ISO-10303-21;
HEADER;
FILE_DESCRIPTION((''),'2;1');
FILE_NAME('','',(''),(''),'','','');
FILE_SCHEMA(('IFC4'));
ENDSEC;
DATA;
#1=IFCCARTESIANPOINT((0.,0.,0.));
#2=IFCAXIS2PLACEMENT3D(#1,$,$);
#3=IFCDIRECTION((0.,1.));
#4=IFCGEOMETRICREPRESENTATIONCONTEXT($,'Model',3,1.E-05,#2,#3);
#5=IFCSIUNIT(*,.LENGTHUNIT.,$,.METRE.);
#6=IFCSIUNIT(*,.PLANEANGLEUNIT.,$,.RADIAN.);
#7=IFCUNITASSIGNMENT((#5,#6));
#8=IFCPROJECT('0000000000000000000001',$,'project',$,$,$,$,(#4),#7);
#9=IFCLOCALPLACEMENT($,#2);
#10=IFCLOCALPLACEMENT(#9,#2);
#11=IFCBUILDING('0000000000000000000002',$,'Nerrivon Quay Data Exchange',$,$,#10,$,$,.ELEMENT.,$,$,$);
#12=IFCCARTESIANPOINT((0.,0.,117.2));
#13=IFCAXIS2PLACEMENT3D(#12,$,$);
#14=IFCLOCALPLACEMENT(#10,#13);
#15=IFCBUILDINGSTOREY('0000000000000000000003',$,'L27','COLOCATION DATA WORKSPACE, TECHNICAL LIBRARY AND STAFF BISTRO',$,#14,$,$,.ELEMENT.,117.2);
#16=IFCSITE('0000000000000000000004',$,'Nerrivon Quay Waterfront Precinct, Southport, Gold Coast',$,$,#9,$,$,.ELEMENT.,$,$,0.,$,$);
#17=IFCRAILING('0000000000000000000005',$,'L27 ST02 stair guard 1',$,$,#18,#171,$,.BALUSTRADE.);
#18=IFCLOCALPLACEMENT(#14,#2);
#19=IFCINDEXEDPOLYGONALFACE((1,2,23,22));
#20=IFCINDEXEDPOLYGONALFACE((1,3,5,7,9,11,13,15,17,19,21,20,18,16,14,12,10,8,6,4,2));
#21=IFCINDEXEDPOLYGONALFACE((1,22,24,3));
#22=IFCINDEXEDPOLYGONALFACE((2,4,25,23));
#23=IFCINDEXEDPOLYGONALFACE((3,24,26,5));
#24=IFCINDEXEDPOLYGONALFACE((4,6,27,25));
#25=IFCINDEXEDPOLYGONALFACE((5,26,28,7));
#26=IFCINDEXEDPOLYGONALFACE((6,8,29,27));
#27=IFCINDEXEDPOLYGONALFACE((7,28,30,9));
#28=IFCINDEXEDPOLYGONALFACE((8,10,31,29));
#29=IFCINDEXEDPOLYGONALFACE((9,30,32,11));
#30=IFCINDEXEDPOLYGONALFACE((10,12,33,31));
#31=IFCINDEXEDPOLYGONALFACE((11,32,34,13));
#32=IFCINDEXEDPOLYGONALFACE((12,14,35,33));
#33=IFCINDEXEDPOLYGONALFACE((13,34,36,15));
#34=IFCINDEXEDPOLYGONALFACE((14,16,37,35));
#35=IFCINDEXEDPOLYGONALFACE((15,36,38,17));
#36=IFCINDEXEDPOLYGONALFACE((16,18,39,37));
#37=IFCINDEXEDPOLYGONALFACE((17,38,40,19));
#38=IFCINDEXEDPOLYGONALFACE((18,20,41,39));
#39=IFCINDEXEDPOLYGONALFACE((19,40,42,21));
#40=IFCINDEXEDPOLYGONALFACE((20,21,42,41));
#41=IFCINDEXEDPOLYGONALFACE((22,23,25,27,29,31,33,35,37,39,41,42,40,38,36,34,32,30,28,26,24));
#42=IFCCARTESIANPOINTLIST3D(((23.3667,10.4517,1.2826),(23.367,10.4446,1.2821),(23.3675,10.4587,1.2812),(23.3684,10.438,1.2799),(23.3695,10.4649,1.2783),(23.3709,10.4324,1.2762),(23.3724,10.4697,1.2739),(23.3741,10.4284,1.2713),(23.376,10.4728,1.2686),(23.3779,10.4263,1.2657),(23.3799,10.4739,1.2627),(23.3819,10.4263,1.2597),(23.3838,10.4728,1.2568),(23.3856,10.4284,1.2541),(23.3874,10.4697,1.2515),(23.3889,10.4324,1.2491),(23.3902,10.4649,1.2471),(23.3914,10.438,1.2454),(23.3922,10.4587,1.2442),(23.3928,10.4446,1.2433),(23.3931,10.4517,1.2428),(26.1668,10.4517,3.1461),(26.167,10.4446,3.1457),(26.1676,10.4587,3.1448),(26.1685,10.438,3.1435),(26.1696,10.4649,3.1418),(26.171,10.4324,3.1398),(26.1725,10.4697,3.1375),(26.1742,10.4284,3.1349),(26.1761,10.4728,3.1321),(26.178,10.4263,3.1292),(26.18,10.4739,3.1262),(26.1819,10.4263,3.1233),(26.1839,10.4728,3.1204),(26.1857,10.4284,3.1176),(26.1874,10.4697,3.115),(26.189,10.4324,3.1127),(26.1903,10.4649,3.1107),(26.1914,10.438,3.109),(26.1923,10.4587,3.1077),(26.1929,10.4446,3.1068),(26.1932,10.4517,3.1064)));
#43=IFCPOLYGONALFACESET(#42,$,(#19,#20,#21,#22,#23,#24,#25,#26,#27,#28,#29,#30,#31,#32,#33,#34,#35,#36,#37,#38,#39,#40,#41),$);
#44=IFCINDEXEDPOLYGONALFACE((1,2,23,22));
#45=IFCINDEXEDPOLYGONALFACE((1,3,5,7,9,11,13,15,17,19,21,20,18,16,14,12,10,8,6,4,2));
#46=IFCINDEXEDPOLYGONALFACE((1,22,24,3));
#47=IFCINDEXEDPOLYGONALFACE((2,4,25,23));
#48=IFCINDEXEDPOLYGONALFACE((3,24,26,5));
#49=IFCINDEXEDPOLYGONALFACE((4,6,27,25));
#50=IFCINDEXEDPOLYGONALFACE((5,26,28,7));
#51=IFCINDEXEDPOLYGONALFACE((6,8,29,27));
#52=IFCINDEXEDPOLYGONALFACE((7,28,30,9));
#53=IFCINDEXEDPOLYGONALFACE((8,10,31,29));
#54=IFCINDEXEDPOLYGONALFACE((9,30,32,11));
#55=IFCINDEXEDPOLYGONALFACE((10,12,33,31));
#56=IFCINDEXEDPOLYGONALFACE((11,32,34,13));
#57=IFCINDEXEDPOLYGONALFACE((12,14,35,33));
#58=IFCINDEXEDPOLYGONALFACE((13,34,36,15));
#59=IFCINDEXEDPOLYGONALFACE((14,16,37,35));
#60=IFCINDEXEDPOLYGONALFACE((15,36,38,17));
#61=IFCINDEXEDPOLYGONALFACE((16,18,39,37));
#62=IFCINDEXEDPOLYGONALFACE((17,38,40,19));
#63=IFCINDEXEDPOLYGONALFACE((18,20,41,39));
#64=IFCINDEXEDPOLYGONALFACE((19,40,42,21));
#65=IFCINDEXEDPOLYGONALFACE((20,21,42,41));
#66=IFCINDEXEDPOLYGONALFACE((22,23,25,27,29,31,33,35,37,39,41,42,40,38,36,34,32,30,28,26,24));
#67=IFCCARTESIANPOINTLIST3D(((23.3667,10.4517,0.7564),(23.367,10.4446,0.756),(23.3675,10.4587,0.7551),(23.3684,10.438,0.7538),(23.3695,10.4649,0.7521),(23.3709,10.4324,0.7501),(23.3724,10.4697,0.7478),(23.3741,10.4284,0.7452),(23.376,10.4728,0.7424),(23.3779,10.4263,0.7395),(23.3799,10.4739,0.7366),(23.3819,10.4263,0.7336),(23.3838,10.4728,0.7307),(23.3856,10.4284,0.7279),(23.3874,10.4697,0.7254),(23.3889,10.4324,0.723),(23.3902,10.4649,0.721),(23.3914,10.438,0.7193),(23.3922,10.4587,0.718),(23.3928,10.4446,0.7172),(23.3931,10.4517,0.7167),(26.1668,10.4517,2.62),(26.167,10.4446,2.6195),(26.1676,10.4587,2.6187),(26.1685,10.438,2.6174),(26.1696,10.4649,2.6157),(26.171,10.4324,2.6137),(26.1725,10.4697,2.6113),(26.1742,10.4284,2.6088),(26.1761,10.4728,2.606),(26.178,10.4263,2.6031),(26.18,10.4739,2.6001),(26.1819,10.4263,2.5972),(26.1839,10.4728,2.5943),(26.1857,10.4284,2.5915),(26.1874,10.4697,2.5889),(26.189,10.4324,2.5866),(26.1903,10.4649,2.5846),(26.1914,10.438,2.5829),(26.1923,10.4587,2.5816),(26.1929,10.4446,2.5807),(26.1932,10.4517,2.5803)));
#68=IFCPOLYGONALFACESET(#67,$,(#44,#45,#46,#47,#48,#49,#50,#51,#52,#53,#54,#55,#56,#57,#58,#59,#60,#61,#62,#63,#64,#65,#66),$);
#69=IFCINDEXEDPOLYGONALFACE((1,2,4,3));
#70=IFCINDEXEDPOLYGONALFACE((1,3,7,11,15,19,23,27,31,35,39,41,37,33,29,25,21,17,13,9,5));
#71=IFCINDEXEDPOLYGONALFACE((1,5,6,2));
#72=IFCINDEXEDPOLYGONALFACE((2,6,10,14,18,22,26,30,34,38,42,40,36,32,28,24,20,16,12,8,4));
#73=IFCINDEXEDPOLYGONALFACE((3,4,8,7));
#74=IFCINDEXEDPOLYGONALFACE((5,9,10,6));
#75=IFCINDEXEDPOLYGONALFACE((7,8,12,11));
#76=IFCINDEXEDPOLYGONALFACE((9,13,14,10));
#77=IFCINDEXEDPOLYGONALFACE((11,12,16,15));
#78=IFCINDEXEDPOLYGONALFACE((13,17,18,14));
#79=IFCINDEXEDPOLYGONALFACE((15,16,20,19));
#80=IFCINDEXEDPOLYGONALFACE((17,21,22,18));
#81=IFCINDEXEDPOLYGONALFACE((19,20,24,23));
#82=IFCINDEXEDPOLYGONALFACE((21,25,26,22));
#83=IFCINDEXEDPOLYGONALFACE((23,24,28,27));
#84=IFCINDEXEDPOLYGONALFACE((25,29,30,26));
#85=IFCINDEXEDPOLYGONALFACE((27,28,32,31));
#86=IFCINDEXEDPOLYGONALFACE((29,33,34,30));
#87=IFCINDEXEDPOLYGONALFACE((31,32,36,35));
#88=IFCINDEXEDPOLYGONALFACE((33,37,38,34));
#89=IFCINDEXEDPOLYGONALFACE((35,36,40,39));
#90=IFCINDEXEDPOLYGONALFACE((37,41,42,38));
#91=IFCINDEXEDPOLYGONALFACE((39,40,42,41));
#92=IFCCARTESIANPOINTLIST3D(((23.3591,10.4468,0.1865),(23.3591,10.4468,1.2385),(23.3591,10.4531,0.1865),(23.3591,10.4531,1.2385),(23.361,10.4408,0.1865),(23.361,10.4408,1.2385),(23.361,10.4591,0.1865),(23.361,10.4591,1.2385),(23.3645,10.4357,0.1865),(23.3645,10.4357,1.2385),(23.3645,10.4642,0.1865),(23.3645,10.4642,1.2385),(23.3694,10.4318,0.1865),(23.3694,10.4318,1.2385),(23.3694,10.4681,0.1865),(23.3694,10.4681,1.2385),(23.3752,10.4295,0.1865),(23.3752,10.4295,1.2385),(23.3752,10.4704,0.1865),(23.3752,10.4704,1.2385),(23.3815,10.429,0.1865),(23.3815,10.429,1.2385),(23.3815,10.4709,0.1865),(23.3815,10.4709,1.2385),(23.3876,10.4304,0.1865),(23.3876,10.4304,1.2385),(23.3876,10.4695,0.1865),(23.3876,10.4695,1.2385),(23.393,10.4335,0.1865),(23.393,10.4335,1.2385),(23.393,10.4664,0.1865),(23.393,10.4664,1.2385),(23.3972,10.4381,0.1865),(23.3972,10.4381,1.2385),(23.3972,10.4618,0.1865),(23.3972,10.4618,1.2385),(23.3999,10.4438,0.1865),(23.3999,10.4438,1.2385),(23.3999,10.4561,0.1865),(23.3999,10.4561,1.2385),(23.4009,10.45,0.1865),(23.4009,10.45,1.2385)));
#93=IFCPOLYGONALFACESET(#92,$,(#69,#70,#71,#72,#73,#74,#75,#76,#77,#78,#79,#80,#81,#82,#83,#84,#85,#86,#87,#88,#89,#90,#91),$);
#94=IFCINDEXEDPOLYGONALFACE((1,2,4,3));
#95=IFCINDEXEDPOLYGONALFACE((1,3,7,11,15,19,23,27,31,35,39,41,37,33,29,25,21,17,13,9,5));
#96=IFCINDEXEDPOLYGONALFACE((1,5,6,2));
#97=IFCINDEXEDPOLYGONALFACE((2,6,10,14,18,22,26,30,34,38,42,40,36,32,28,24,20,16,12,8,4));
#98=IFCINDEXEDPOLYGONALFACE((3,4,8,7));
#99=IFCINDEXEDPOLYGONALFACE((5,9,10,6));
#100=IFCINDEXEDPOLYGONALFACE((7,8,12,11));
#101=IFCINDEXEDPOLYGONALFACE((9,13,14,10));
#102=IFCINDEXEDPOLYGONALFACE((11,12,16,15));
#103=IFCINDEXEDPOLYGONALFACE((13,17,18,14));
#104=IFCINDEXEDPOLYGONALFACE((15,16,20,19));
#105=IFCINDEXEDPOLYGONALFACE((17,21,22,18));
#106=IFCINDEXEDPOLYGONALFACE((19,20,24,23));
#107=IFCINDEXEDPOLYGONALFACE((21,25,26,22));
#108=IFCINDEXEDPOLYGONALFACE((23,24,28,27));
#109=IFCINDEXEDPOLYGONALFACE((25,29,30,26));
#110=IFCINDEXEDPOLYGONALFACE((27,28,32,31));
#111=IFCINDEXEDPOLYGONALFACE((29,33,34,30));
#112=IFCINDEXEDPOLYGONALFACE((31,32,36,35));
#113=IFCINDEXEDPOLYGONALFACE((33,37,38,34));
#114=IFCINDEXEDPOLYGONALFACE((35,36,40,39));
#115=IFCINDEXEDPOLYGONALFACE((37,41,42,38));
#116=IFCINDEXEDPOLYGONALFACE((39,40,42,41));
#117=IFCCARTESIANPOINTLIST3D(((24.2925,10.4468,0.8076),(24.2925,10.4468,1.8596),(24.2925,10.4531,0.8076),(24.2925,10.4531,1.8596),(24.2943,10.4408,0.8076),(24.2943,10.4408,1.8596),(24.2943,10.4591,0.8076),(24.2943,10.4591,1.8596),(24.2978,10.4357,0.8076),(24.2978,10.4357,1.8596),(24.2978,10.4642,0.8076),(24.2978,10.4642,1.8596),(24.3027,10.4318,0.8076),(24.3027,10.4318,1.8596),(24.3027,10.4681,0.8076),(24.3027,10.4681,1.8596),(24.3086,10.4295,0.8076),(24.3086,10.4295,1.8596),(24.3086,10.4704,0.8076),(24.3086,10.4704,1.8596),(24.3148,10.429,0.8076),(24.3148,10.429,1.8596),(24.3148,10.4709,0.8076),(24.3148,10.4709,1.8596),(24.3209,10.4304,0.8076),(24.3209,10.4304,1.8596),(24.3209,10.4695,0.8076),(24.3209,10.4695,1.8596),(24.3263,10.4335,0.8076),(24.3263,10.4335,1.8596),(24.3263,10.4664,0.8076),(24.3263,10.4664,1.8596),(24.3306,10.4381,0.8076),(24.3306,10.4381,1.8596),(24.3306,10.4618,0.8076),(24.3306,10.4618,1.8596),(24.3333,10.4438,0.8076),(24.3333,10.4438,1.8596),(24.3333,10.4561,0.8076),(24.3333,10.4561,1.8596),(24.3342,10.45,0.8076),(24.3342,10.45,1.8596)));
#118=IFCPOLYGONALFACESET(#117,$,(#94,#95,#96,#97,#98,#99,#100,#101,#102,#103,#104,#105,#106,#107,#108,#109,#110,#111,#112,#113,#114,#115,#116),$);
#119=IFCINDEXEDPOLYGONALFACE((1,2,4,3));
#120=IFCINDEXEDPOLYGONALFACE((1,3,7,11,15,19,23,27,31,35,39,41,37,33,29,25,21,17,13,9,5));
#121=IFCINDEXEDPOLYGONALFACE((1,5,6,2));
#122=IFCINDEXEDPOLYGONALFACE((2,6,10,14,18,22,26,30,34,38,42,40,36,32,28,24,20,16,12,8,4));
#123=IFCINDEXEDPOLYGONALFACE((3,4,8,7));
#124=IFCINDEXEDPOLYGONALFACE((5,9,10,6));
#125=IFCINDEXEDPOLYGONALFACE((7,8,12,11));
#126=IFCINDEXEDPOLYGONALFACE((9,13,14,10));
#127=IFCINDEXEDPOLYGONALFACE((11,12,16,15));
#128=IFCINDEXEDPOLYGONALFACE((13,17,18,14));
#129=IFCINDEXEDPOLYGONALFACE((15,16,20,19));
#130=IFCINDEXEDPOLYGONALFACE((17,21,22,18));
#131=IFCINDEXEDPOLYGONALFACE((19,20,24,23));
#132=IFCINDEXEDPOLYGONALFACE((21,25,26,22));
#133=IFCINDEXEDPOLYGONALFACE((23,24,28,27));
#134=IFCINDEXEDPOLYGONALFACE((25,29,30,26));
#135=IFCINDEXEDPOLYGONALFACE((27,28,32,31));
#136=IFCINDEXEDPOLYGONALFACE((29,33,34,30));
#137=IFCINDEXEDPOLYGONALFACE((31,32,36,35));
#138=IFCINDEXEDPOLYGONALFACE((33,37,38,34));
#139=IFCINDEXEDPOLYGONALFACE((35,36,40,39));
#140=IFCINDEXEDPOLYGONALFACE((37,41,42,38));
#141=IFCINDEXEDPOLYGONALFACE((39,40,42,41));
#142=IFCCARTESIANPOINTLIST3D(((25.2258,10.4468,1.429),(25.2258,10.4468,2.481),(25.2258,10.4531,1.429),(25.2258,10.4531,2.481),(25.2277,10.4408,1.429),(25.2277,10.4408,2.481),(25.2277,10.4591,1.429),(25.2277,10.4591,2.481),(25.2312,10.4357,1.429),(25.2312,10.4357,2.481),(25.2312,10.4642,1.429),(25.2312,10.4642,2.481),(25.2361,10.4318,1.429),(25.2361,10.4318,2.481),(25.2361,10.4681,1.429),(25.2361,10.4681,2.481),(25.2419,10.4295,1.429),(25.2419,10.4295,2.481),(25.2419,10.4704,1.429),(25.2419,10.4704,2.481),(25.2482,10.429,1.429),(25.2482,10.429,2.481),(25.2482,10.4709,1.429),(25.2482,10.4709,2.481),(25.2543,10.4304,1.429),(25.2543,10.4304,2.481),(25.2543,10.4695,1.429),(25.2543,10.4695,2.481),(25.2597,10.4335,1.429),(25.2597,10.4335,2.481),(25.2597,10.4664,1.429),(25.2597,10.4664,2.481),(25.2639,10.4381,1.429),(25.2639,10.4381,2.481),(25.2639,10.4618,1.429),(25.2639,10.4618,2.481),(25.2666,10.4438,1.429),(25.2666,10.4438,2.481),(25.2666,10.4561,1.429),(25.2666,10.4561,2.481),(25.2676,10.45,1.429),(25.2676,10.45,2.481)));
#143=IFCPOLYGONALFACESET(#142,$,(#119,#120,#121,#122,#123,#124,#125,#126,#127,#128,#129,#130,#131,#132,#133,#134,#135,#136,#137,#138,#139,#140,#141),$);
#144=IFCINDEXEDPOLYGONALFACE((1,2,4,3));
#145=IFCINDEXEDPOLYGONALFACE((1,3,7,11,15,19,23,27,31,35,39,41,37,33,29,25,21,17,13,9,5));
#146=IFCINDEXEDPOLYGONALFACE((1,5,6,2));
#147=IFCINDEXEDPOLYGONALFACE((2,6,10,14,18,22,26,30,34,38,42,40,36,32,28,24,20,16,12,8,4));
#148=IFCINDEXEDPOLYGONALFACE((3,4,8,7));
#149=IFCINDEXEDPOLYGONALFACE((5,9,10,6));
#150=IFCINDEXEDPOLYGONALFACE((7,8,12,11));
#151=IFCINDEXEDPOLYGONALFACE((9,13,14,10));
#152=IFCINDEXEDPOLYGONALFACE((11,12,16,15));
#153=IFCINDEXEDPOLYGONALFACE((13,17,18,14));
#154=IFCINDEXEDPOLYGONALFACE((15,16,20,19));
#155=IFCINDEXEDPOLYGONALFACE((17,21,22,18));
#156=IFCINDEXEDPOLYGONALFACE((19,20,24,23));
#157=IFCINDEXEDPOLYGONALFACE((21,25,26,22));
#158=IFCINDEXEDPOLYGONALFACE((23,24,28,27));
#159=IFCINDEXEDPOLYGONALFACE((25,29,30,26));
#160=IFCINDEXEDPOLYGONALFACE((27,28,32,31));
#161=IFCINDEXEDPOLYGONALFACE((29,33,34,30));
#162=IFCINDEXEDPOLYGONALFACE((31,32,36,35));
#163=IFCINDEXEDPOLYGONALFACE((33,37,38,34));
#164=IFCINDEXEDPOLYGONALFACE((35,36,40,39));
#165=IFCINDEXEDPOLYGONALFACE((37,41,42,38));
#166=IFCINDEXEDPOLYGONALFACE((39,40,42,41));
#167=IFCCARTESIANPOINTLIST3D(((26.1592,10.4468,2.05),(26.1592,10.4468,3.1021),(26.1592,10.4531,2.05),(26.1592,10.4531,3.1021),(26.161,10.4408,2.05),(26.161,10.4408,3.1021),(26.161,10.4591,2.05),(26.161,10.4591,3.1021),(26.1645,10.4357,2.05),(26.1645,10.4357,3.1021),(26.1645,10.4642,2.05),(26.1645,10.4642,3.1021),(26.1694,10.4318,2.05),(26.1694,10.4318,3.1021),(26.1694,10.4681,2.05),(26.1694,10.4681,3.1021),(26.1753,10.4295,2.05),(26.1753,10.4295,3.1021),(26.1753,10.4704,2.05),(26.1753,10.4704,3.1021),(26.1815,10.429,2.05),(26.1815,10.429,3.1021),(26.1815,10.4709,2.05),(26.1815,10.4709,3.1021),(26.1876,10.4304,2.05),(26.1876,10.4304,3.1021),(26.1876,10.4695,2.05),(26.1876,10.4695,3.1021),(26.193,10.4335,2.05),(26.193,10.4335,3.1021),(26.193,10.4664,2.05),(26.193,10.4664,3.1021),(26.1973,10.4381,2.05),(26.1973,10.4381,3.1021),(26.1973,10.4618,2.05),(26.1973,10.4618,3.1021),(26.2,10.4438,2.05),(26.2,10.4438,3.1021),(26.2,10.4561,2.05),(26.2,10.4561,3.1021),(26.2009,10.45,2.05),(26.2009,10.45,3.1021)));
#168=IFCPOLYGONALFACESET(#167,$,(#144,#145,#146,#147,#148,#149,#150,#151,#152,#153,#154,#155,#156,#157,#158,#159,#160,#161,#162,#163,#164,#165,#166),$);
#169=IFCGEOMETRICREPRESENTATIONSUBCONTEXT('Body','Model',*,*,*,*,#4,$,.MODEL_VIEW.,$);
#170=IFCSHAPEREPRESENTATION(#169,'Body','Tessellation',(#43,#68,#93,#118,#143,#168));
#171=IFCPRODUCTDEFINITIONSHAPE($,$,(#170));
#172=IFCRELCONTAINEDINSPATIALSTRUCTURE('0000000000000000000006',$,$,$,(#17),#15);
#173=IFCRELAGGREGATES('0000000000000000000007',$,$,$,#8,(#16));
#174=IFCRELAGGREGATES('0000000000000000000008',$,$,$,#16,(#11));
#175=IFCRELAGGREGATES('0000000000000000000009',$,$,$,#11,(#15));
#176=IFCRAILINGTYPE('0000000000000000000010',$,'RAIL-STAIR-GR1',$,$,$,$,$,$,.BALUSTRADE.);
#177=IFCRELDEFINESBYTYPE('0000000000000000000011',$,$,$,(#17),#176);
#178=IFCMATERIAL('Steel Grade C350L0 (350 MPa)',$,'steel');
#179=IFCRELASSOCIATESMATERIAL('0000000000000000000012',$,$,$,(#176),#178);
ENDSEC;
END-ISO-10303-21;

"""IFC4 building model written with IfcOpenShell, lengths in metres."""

from ifc_helpers import new_model, si_unit, direction, frame, origin, origin_2d, place, context, subcontext, project, spatial, circle, extrude, material, type_object, element, save


model = new_model("IFC4")

# Units and contexts
model_context = context("Model", 3, precision=1e-05, world=origin(), true_north=direction((0.0, 1.0)))
body_context = subcontext(model_context, "Body", "Model", "MODEL_VIEW")
ifc_project = project(units=[si_unit("LENGTHUNIT", "METRE"), si_unit("PLANEANGLEUNIT", "RADIAN")], contexts=[model_context])

# Site, building, storey
site_placement = place(None, origin())
site = spatial("IfcSite", under=ifc_project, at=site_placement, Name="Nerrivon Quay Waterfront Precinct, Southport, Gold Coast", CompositionType="ELEMENT", RefElevation=0.0)
building_placement = place(site_placement, origin())
building = spatial("IfcBuilding", under=site, at=building_placement, Name="Nerrivon Quay Data Exchange", CompositionType="ELEMENT")
storey_placement = place(building_placement, frame((0.0, 0.0, 117.2)))
storey = spatial("IfcBuildingStorey", under=building, at=storey_placement, Name="L27", Description="COLOCATION DATA WORKSPACE, TECHNICAL LIBRARY AND STAFF BISTRO", CompositionType="ELEMENT", Elevation=117.2)

# Railing
ifc_material_1 = material(Name="Steel Grade C350L0 (350 MPa)", Category="steel")
railing_type_1 = type_object("IfcRailingType", Name="RAIL-STAIR-GR1", PredefinedType="BALUSTRADE", material=ifc_material_1)
railing_1_placement = place(storey_placement, frame((23.3799, 10.45, 0.1865)))
element("IfcRailing", 1, at=railing_1_placement, inside=storey, type_object=railing_type_1, Name="L27 ST02 stair guard 1", PredefinedType="BALUSTRADE", context=body_context, shape_type="SweptSolid", body=[
    extrude(circle(Radius=0.0239, at=origin_2d()), frame((0.0, 0.0, 1.0762), z_axis=(0.832486, 0.0, 0.554047), x_axis=(0.0, 1.0, 0.0)), (0.0, 0.0, 1.0), 3.3635),
    extrude(circle(Radius=0.0239, at=origin_2d()), frame((0.0, 0.0, 0.55), z_axis=(0.832486, 0.0, 0.554047), x_axis=(0.0, 1.0, 0.0)), (0.0, 0.0, 1.0), 3.3635),
    extrude(circle(Radius=0.021, at=origin_2d()), origin(), (0.0, 0.0, 1.0), 1.052),
    extrude(circle(Radius=0.021, at=origin_2d()), frame((0.9333, 0.0, 0.6211)), (0.0, 0.0, 1.0), 1.052),
    extrude(circle(Radius=0.021, at=origin_2d()), frame((1.8667, 0.0, 1.2424)), (0.0, 0.0, 1.0), 1.052),
    extrude(circle(Radius=0.021, at=origin_2d()), frame((2.8, 0.0, 1.8635)), (0.0, 0.0, 1.0), 1.052),
])

save(model, "model.ifc")
